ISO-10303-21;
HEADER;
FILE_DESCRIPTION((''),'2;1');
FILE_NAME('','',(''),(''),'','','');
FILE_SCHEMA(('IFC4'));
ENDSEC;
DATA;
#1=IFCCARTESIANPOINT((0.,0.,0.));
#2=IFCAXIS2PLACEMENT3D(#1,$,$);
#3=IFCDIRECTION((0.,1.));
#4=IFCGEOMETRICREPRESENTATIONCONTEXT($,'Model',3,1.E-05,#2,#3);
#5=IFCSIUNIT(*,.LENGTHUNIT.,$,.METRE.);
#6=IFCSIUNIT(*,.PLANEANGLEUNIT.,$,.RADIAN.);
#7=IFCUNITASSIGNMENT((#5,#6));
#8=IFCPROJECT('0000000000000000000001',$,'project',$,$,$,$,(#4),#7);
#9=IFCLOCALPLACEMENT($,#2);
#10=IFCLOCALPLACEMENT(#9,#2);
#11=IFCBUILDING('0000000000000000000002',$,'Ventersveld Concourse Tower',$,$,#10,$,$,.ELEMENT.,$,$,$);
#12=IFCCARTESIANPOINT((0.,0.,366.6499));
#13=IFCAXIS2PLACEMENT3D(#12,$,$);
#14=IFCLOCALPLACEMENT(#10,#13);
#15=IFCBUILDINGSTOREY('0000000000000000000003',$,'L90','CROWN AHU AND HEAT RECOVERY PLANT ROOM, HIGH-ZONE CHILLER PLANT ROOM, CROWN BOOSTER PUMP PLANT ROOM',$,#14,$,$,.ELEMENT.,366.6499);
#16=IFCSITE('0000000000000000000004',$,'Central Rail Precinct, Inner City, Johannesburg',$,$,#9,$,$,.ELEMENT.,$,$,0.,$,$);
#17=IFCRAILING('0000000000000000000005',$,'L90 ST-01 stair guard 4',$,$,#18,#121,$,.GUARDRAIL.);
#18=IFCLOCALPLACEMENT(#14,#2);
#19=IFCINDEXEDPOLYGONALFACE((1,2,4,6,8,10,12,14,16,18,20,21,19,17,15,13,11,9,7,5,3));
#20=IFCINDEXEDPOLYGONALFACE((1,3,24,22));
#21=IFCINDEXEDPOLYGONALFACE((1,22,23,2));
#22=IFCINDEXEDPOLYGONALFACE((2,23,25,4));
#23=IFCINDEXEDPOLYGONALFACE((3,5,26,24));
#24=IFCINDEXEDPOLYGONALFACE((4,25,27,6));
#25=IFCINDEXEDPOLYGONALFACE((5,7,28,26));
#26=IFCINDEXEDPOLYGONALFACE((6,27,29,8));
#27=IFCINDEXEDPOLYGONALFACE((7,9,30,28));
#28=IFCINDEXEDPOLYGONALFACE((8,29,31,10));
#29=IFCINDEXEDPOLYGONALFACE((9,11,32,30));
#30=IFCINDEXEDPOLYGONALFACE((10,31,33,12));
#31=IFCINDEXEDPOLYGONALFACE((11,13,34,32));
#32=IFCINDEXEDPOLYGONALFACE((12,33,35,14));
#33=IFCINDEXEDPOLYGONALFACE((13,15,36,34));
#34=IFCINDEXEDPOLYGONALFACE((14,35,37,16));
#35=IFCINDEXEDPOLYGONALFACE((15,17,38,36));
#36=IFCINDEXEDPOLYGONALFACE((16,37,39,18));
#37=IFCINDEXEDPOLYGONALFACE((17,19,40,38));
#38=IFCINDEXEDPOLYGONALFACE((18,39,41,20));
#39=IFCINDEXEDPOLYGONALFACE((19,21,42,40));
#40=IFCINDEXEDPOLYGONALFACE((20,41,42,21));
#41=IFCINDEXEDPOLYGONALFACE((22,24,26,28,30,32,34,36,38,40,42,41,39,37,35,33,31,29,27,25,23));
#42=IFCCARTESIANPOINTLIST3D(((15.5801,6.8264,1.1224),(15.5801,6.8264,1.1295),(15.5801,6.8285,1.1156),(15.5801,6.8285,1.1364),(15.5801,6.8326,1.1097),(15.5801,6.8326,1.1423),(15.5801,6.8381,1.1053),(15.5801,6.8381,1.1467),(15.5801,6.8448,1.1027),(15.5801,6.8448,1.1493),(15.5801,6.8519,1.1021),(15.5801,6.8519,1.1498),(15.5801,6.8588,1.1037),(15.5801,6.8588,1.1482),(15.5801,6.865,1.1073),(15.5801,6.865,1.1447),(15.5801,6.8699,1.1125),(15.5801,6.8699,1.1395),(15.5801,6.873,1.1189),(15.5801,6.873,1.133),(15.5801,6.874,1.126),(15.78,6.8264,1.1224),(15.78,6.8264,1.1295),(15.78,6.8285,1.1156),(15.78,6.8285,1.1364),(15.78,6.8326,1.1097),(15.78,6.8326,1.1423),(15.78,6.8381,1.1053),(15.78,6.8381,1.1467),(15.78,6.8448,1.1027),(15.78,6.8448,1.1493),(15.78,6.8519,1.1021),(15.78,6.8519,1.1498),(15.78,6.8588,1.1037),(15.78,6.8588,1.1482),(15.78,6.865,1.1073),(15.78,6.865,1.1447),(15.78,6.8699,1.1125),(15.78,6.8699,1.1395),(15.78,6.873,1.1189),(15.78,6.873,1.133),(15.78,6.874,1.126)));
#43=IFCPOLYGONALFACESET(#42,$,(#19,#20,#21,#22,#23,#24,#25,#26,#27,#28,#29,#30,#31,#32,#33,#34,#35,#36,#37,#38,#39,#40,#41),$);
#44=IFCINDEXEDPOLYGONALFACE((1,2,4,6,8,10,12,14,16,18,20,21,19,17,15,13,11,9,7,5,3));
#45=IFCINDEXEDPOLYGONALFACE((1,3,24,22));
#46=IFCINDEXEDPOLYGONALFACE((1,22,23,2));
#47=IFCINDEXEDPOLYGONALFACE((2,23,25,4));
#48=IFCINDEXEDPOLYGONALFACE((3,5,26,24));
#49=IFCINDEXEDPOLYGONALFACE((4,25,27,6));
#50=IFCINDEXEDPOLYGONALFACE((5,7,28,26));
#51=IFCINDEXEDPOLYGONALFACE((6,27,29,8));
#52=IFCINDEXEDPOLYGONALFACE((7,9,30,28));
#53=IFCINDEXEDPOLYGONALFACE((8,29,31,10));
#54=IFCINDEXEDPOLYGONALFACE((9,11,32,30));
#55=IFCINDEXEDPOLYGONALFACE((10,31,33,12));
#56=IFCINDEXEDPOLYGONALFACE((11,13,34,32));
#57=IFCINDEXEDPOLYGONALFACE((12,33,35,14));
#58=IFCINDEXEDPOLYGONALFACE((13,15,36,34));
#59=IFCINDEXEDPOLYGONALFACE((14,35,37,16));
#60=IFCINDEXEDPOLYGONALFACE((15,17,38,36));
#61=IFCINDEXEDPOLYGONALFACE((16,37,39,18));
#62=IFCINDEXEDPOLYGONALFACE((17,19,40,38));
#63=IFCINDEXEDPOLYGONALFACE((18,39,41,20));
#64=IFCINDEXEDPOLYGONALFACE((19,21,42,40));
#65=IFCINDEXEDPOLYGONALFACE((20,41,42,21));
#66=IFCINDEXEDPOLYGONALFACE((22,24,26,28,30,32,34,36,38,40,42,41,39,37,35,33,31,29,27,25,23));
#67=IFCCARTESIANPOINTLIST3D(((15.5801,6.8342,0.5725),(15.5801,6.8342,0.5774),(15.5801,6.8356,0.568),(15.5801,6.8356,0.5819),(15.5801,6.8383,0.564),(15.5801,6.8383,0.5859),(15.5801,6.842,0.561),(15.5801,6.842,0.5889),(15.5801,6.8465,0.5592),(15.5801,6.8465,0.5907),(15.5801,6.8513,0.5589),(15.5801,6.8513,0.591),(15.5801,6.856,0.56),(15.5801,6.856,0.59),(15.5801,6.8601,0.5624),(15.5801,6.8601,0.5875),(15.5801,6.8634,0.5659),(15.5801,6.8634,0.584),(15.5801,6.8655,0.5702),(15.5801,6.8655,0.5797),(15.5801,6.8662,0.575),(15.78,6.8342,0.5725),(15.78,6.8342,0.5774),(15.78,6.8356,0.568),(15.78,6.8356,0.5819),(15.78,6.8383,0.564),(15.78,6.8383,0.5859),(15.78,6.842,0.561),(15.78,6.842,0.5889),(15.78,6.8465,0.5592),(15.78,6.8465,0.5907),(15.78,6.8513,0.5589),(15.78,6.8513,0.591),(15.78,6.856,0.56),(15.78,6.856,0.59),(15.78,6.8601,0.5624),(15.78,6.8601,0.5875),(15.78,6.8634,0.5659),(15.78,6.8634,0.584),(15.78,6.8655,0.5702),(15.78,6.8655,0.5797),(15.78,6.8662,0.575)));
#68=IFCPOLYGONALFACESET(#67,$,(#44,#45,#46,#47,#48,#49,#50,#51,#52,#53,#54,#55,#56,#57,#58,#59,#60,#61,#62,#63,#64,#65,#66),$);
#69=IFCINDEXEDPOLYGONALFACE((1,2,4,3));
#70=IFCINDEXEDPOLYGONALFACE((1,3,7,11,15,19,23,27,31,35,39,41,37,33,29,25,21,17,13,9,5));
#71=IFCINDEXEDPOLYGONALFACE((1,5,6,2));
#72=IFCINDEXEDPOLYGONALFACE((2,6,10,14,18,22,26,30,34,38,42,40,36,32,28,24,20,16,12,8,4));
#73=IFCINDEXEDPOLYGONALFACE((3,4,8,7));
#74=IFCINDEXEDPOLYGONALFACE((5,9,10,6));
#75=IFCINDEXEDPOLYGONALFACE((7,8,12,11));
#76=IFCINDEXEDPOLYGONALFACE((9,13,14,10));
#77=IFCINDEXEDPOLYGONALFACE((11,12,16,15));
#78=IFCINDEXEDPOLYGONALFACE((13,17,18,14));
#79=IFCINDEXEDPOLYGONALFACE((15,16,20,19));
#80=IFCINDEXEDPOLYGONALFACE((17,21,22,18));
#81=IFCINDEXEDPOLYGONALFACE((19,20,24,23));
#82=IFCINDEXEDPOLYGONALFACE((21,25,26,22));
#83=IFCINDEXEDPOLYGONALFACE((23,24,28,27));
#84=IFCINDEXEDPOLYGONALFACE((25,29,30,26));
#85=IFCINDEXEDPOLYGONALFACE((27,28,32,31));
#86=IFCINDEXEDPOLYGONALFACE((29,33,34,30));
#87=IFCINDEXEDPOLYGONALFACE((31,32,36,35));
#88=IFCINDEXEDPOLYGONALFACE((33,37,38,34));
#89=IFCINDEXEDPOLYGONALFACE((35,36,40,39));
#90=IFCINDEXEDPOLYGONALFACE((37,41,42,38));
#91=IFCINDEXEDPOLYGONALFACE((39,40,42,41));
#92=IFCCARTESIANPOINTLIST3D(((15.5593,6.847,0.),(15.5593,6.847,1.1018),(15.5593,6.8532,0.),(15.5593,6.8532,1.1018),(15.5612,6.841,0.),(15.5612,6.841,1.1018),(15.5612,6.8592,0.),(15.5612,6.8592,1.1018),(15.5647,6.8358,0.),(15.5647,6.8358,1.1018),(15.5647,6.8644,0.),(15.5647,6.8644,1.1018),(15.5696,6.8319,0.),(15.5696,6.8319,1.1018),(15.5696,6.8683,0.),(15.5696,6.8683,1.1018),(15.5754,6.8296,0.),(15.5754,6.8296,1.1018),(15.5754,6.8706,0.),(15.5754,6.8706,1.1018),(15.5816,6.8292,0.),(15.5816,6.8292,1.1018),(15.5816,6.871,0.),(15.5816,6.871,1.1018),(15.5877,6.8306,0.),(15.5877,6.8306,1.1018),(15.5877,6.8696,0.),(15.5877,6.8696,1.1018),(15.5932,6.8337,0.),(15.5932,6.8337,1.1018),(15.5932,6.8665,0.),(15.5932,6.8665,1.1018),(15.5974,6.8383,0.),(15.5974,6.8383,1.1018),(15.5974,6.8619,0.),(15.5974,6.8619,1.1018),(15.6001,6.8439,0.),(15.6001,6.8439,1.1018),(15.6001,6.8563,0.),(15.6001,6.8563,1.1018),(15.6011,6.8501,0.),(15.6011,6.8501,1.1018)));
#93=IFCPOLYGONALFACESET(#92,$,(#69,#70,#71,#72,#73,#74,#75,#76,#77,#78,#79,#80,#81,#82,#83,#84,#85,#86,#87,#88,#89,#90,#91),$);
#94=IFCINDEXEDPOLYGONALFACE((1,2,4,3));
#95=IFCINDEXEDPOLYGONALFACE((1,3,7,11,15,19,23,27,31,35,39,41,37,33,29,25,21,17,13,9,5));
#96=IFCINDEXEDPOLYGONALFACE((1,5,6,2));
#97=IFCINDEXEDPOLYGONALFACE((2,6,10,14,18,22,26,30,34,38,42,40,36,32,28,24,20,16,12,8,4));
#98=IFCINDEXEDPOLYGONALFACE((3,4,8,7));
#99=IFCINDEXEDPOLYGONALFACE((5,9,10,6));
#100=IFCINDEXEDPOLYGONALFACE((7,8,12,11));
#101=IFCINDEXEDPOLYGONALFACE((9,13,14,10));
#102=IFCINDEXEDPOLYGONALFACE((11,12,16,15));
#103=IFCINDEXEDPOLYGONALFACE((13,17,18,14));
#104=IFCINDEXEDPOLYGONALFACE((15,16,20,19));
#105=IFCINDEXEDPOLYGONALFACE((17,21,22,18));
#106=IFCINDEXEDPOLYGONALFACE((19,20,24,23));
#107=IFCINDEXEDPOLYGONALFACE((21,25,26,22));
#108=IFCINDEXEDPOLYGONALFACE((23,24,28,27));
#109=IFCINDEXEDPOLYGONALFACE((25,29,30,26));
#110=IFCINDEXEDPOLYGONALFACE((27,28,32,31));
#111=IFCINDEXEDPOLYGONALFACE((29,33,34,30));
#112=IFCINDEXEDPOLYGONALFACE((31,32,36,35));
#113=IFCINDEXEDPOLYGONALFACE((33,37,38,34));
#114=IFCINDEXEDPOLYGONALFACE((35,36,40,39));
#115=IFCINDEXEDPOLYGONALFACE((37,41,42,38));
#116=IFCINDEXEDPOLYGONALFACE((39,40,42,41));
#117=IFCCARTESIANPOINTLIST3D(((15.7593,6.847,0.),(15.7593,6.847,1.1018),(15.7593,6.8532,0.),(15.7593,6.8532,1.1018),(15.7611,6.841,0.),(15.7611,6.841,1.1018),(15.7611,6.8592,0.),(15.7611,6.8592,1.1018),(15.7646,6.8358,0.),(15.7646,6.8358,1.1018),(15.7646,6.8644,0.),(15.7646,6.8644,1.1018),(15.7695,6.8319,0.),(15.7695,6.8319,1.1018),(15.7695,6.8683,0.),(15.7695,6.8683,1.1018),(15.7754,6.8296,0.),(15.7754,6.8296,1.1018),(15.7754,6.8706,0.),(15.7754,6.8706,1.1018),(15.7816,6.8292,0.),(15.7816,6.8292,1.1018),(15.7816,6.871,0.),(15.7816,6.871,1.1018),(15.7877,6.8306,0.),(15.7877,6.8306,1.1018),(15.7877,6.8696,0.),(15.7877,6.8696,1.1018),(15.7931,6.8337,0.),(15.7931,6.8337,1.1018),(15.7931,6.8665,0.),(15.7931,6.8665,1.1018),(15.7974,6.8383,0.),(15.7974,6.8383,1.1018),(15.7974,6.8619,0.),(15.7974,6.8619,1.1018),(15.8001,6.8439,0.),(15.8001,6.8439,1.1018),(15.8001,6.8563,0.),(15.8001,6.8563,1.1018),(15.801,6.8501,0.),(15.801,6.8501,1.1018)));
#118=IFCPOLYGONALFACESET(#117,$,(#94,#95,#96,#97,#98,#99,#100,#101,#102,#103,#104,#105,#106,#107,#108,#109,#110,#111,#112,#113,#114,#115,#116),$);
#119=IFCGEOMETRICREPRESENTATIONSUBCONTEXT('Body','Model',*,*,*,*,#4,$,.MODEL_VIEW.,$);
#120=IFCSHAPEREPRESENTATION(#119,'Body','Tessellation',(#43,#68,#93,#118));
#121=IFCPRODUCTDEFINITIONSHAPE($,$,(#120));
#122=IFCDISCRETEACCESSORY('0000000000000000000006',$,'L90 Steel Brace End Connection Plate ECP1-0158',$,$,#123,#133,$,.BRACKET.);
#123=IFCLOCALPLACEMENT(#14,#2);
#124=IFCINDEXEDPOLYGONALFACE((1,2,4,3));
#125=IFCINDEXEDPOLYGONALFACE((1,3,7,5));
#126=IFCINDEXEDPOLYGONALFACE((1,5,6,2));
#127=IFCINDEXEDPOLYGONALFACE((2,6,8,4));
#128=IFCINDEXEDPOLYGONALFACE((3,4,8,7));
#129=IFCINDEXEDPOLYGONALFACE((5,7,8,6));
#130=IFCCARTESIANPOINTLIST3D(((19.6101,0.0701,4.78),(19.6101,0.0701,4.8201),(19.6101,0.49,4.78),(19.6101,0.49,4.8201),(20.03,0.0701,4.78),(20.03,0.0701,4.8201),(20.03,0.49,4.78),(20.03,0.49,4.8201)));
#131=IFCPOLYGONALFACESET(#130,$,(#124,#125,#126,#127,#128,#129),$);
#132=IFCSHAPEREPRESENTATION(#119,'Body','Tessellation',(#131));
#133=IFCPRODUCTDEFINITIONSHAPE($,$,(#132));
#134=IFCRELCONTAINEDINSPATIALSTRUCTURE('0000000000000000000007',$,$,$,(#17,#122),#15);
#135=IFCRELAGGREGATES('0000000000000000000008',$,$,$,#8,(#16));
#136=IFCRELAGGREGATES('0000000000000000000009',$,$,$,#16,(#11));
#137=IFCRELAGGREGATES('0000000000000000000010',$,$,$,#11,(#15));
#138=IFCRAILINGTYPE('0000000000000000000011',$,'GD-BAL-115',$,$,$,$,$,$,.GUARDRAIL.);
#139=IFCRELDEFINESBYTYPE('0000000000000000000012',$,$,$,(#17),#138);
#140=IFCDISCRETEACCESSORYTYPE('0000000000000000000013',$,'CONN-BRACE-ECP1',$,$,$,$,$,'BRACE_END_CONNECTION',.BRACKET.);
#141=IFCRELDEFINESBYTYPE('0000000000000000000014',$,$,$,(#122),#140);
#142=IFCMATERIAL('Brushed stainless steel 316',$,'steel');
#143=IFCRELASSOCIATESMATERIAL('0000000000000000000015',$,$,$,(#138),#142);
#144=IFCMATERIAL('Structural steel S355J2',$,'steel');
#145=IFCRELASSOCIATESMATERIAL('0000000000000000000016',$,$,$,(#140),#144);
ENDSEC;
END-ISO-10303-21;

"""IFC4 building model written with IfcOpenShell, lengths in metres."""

from ifc_helpers import new_model, si_unit, direction, frame, origin, origin_2d, place, context, subcontext, project, spatial, rectangle, circle, extrude, material, type_object, element, save


model = new_model("IFC4")

# Units and contexts
model_context = context("Model", 3, precision=1e-05, world=origin(), true_north=direction((0.0, 1.0)))
body_context = subcontext(model_context, "Body", "Model", "MODEL_VIEW")
ifc_project = project(units=[si_unit("LENGTHUNIT", "METRE"), si_unit("PLANEANGLEUNIT", "RADIAN")], contexts=[model_context])

# Site, building, storey
site_placement = place(None, origin())
site = spatial("IfcSite", under=ifc_project, at=site_placement, Name="Central Rail Precinct, Inner City, Johannesburg", CompositionType="ELEMENT", RefElevation=0.0)
building_placement = place(site_placement, origin())
building = spatial("IfcBuilding", under=site, at=building_placement, Name="Ventersveld Concourse Tower", CompositionType="ELEMENT")
storey_placement = place(building_placement, frame((0.0, 0.0, 366.6499)))
storey = spatial("IfcBuildingStorey", under=building, at=storey_placement, Name="L90", Description="CROWN AHU AND HEAT RECOVERY PLANT ROOM, HIGH-ZONE CHILLER PLANT ROOM, CROWN BOOSTER PUMP PLANT ROOM", CompositionType="ELEMENT", Elevation=366.6499)

# Shared definitions
ifc_material_1 = material(Name="Structural steel S355J2", Category="steel")

# Shared definitions
ifc_material_2 = material(Name="Brushed stainless steel 316", Category="steel")

# Railing
railing_type_1 = type_object("IfcRailingType", Name="GD-BAL-115", PredefinedType="GUARDRAIL", material=ifc_material_2)
railing_1_placement = place(storey_placement, frame((15.5801, 6.8501, 0.0)))
element("IfcRailing", 1, at=railing_1_placement, inside=storey, type_object=railing_type_1, Name="L90 ST-01 stair guard 4", PredefinedType="GUARDRAIL", context=body_context, shape_type="SweptSolid", body=[
    extrude(circle(Radius=0.0239, at=origin_2d()), frame((0.0, 0.0, 1.126), z_axis=(1.0, 0.0, 0.0), x_axis=(0.0, 1.0, 0.0)), (0.0, 0.0, 1.0), 0.2),
    extrude(circle(Radius=0.0161, at=origin_2d()), frame((0.0, 0.0, 0.575), z_axis=(1.0, 0.0, 0.0), x_axis=(0.0, 1.0, 0.0)), (0.0, 0.0, 1.0), 0.2),
    extrude(circle(Radius=0.021, at=origin_2d()), origin(), (0.0, 0.0, 1.0), 1.1018),
    extrude(circle(Radius=0.021, at=origin_2d()), frame((0.2, 0.0, 0.0)), (0.0, 0.0, 1.0), 1.1018),
])

# Discrete accessory
discrete_accessory_type = type_object("IfcDiscreteAccessoryType", Name="CONN-BRACE-ECP1", ElementType="BRACE_END_CONNECTION", PredefinedType="BRACKET", material=ifc_material_1)
discrete_accessory_placement = place(storey_placement, frame((19.8201, 0.28, 4.78), z_axis=(0.0, 0.0, 1.0), x_axis=(1.0, 0.0, 0.0)))
element("IfcDiscreteAccessory", 2, at=discrete_accessory_placement, inside=storey, type_object=discrete_accessory_type, Name="L90 Steel Brace End Connection Plate ECP1-0158", PredefinedType="BRACKET", context=body_context, shape_type="SweptSolid", body=[
    extrude(rectangle(XDim=0.4199, YDim=0.4199, at=origin_2d()), origin(), (0.0, 0.0, 1.0), 0.04),
])

save(model, "model.ifc")
